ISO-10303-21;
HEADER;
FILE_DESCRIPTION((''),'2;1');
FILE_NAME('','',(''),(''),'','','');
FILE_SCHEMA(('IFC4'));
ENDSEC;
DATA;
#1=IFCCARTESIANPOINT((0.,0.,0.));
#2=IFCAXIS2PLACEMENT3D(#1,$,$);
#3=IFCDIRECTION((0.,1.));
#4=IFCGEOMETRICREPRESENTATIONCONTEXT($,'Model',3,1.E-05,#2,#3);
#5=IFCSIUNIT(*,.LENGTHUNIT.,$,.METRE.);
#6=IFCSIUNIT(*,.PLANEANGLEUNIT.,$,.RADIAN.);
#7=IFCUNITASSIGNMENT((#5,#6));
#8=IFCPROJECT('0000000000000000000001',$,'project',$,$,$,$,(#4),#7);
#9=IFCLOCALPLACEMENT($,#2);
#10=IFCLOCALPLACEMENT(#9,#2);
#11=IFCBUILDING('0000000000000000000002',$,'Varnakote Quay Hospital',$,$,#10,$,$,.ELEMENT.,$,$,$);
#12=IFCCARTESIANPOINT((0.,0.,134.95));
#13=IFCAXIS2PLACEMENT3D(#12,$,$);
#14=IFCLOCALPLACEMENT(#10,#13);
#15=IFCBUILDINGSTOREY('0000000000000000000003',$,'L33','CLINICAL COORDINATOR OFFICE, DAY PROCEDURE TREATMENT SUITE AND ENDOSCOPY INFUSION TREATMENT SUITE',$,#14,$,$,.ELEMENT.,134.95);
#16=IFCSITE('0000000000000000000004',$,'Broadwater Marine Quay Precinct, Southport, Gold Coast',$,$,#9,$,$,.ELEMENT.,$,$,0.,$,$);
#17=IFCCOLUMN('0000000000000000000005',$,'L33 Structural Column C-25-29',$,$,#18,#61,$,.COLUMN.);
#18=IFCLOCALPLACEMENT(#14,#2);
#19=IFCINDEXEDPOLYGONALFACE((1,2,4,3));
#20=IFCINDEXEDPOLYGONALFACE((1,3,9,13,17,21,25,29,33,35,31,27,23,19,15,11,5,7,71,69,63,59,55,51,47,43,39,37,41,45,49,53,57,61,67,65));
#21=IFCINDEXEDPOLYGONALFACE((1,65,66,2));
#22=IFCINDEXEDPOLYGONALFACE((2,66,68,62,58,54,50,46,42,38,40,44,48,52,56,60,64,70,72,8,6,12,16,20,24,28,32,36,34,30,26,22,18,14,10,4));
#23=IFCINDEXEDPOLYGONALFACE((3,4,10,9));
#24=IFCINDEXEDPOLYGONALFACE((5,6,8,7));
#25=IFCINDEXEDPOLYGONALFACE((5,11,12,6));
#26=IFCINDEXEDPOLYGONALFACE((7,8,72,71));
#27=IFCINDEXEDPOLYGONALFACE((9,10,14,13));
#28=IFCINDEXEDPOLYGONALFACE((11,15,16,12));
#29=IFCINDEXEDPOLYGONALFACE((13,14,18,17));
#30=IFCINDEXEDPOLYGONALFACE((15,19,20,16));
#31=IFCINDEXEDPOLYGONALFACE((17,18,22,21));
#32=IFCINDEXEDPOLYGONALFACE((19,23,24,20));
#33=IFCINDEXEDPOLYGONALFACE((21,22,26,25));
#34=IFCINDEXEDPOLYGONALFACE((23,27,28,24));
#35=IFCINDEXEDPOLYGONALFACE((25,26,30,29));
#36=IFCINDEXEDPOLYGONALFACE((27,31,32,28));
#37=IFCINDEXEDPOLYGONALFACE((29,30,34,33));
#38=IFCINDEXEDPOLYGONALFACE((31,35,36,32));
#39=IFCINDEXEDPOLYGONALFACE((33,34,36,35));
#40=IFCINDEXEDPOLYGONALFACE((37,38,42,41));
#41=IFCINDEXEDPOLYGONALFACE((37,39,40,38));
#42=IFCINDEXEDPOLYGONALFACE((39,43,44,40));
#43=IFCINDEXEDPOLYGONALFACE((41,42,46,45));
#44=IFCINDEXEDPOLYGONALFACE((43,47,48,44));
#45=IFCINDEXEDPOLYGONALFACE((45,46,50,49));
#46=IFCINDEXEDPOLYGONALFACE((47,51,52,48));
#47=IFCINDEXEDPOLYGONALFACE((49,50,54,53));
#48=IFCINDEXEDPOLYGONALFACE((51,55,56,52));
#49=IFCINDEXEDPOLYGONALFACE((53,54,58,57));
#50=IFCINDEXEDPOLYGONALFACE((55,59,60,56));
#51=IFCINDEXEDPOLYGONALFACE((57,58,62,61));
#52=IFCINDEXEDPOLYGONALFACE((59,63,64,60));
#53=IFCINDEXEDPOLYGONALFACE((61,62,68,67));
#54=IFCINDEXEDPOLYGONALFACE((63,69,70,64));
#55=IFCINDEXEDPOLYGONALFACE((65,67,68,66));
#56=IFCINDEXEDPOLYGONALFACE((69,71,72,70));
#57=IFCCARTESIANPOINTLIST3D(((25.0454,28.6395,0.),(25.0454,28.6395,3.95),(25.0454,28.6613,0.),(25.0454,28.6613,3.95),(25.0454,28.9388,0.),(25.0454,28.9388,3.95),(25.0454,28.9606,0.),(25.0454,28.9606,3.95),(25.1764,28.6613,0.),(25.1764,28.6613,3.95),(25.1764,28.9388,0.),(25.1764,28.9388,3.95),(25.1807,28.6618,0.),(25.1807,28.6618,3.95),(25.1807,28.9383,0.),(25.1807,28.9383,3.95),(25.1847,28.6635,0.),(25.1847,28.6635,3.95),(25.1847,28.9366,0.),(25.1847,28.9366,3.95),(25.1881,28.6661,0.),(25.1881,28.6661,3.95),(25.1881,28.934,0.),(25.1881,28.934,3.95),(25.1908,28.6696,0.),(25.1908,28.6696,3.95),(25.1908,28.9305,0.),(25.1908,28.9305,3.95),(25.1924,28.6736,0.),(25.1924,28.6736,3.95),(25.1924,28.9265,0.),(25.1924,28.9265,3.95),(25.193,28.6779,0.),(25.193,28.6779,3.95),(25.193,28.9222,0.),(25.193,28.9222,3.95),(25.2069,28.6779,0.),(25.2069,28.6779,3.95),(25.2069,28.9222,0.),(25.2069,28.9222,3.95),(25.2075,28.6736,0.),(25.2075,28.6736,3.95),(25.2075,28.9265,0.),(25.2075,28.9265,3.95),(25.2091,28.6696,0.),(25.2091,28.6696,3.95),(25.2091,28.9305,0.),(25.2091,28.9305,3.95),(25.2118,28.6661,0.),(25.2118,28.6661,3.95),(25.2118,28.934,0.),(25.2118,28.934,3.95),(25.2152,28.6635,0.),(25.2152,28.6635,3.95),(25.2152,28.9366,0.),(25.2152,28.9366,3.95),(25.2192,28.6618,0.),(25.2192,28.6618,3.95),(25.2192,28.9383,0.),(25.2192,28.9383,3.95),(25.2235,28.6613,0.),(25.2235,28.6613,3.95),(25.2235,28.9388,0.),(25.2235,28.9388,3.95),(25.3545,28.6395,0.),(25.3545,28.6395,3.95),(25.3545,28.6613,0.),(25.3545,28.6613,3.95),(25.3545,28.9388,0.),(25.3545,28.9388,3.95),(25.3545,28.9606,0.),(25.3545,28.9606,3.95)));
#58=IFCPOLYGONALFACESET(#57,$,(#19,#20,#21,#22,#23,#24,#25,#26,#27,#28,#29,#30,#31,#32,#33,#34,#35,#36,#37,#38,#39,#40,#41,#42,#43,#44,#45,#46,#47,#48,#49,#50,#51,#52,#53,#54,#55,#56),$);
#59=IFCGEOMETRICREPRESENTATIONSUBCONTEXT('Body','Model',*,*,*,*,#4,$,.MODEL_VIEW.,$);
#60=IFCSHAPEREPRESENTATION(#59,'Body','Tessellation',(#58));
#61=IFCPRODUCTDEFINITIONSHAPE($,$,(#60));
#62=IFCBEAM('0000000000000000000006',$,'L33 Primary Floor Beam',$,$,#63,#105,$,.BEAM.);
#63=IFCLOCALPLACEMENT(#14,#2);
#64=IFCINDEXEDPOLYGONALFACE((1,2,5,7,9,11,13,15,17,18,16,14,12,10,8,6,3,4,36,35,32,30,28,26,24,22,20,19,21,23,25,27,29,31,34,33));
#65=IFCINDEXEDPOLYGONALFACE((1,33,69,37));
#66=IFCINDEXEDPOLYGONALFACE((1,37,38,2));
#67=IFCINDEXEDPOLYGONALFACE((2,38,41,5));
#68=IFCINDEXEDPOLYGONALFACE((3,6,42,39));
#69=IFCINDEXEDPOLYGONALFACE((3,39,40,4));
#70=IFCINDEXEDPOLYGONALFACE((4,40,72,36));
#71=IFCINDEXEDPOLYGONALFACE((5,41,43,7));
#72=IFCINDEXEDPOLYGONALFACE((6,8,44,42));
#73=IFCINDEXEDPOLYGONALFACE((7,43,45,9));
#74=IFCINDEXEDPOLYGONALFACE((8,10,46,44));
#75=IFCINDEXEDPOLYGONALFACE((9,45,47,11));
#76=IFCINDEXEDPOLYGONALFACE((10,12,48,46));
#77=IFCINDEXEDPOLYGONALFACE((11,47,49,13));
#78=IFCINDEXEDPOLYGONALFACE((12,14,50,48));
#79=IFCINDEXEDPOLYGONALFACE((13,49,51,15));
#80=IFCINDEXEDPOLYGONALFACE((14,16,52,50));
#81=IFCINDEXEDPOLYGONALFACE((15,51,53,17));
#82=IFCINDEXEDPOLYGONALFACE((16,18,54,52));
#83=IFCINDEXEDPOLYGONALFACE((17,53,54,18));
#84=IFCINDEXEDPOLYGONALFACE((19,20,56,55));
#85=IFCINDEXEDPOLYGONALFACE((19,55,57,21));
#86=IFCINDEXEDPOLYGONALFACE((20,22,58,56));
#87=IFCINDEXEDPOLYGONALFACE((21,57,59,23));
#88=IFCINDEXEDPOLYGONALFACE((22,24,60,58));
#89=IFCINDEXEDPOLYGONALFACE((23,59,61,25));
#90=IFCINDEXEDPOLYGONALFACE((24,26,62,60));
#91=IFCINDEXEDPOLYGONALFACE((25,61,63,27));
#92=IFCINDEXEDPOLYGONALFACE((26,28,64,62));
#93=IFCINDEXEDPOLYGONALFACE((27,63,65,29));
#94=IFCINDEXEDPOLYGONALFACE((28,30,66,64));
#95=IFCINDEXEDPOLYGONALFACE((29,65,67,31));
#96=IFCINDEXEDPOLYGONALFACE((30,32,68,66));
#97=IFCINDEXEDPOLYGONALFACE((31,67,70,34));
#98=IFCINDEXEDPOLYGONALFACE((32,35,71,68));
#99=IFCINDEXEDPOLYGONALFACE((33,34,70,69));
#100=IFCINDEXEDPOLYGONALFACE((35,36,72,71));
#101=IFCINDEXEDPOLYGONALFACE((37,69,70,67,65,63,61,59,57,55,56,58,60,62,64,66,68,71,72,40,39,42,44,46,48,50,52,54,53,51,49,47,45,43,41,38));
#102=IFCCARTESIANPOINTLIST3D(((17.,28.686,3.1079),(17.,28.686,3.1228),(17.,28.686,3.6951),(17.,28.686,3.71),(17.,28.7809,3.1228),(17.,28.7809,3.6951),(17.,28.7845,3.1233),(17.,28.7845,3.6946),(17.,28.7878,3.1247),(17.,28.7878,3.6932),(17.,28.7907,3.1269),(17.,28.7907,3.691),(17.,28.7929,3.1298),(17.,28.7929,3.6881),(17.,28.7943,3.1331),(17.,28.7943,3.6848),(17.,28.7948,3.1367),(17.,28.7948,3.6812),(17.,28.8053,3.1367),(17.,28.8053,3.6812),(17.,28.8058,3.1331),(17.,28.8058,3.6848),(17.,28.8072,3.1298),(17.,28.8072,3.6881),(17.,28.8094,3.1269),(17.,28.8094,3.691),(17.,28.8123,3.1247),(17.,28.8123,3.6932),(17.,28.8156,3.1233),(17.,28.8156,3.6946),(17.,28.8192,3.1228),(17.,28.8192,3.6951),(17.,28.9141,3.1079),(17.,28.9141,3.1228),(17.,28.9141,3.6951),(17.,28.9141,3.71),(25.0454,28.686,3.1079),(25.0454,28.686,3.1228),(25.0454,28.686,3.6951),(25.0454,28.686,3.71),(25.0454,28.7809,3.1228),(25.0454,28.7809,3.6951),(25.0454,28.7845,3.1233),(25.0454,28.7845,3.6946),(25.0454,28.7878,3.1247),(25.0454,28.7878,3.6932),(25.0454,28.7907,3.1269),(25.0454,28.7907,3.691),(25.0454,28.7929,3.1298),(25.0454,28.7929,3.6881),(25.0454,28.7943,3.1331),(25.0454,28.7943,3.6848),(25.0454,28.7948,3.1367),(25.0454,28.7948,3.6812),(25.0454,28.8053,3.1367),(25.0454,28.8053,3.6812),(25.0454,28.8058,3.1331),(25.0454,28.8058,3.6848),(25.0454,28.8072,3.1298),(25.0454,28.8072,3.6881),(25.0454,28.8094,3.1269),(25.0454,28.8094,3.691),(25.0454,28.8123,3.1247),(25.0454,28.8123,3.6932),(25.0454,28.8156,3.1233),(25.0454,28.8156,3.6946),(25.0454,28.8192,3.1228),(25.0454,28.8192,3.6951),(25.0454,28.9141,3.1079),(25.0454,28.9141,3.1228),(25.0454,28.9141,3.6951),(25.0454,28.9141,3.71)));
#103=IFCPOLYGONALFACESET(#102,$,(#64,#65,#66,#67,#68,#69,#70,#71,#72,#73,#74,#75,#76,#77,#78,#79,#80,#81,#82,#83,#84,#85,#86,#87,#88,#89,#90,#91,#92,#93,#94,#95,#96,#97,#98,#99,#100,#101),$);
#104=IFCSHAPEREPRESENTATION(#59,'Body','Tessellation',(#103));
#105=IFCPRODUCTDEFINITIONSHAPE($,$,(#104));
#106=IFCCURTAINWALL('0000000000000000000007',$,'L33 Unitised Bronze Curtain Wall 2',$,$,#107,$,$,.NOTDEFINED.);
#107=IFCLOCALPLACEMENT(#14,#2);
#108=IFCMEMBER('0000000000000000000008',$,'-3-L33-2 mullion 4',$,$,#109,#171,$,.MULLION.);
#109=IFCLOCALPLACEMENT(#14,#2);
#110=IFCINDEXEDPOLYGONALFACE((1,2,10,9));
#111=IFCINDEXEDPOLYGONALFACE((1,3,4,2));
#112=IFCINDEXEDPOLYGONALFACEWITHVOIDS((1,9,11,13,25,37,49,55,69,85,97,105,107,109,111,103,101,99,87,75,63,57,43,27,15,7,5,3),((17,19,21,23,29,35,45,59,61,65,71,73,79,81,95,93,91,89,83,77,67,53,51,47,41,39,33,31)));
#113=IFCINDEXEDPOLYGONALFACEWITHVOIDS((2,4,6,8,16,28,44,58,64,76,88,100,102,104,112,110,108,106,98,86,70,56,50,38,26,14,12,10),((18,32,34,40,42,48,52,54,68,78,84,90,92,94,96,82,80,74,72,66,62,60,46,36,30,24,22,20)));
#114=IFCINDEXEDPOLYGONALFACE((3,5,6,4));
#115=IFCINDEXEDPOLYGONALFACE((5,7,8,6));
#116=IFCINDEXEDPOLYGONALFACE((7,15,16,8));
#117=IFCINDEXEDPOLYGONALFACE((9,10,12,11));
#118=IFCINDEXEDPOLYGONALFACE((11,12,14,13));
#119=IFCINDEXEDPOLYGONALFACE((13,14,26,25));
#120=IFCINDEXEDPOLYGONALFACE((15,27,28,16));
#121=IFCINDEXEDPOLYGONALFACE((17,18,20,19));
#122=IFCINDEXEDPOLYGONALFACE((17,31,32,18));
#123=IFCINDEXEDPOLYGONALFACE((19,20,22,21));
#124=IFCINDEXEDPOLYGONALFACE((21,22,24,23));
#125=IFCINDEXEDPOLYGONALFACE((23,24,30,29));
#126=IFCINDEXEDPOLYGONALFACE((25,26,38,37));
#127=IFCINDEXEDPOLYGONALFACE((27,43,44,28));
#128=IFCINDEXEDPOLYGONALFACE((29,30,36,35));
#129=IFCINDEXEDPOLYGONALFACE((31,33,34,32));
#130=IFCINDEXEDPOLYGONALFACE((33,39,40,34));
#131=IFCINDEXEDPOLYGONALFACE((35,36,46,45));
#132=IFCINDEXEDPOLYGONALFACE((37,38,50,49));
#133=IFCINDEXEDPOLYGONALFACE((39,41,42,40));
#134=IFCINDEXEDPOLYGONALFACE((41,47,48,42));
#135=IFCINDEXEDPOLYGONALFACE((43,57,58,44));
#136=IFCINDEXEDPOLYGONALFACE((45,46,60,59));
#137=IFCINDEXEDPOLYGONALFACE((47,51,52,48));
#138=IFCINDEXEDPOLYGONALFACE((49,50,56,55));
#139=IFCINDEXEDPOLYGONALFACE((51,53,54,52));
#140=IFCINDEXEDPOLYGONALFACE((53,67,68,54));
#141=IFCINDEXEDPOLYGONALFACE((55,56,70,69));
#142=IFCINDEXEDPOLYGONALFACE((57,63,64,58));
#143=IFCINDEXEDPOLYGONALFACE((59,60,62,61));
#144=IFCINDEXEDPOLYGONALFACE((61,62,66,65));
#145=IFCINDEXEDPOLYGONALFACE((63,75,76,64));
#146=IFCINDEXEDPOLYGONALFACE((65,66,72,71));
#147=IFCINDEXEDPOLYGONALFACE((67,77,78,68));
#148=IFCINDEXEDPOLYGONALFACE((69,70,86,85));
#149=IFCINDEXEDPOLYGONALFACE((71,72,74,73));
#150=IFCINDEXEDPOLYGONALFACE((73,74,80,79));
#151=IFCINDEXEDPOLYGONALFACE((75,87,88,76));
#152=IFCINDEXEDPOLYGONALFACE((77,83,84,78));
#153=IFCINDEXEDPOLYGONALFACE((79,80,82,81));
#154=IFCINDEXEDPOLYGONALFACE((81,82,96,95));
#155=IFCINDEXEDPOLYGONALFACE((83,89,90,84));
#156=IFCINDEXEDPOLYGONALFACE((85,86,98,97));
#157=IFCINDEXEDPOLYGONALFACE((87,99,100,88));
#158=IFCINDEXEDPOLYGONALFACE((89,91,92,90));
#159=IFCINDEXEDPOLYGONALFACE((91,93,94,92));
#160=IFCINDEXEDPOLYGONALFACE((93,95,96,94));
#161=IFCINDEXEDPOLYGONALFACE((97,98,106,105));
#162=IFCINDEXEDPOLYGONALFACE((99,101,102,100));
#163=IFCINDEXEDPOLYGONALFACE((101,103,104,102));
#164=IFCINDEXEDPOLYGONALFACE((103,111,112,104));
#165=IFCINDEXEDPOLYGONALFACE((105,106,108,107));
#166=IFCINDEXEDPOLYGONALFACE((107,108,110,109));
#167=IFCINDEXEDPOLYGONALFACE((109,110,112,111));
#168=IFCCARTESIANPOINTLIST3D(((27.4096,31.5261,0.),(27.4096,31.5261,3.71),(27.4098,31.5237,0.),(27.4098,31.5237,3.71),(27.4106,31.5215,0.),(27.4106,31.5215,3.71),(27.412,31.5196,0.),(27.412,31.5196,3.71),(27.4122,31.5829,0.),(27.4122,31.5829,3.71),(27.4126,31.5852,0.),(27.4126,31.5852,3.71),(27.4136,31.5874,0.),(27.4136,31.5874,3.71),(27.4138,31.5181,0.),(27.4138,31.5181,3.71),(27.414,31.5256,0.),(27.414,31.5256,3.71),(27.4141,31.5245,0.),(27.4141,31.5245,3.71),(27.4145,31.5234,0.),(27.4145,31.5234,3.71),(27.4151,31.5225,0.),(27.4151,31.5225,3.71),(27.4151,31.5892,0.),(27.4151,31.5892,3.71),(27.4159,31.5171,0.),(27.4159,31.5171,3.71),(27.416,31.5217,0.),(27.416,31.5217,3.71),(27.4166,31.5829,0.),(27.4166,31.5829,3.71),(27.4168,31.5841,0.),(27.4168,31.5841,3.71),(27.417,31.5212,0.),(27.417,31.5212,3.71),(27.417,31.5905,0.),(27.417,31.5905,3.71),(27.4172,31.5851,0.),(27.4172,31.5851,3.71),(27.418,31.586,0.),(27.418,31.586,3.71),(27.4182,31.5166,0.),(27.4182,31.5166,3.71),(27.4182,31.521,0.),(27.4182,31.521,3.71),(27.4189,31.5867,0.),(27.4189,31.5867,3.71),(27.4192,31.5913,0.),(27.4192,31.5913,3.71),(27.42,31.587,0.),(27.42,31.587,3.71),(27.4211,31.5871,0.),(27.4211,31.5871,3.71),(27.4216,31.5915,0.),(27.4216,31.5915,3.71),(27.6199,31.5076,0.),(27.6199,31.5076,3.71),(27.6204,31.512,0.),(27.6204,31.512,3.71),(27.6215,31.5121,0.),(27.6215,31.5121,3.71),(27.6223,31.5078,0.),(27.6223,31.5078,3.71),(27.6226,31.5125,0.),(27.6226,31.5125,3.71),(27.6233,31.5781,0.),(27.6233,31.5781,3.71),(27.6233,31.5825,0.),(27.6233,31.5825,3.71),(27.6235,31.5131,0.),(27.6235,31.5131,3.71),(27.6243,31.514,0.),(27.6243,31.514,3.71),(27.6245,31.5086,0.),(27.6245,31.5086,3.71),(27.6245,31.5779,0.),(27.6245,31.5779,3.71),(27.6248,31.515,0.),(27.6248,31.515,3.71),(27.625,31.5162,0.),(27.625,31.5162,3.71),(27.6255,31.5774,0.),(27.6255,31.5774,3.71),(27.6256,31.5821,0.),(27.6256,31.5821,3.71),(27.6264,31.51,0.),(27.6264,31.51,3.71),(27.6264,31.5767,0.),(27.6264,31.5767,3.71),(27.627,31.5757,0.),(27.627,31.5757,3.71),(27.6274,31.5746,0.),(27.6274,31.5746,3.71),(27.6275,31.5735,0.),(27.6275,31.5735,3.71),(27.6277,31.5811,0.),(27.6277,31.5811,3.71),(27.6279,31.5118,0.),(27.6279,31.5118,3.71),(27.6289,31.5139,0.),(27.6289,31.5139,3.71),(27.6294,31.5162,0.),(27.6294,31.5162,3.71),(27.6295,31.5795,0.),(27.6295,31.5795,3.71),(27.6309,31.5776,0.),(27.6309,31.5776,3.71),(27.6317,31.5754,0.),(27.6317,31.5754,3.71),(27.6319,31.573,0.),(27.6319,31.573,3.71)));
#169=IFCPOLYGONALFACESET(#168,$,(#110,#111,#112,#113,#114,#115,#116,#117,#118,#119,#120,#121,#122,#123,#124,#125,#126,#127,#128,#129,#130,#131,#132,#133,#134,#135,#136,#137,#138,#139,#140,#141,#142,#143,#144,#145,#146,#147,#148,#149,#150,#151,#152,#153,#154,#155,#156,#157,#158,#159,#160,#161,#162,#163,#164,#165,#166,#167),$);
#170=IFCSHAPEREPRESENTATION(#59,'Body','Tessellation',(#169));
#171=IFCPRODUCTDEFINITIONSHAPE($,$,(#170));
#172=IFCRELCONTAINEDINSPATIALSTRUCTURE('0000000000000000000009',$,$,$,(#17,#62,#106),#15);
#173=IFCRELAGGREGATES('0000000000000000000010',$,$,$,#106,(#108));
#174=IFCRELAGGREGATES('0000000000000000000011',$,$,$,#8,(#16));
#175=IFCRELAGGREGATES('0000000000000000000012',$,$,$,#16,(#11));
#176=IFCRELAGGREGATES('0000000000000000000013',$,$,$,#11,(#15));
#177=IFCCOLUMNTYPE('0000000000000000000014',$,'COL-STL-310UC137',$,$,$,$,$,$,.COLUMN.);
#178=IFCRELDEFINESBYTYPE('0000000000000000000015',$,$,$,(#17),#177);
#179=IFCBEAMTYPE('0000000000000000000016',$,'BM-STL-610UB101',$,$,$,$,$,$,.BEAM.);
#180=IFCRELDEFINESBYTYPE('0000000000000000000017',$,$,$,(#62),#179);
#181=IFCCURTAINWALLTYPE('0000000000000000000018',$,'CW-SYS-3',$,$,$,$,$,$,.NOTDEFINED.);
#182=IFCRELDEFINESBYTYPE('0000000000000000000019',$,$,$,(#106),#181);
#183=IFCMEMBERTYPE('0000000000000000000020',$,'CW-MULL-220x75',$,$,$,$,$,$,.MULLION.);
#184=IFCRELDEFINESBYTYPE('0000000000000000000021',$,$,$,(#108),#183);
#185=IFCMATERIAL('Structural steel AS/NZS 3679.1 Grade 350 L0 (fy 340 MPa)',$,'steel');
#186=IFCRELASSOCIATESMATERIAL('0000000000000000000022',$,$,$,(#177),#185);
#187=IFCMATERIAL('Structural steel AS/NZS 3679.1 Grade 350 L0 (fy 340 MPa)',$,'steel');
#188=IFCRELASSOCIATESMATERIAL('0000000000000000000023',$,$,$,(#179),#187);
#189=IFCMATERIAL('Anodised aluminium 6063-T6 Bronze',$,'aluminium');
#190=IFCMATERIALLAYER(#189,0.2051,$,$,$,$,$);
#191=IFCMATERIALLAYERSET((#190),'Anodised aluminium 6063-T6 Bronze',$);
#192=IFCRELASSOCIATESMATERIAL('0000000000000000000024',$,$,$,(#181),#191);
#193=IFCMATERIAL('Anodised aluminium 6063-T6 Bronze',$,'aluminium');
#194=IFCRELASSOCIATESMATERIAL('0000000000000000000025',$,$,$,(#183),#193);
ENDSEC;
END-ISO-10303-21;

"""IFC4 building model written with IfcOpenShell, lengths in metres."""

from ifc_helpers import new_model, si_unit, direction, frame, origin, origin_2d, place, context, subcontext, project, spatial, hollow_rectangle, i_section, extrude, material, layer, layer_set, material_profile, profile_set, type_object, element, aggregate, save


model = new_model("IFC4")

# Units and contexts
model_context = context("Model", 3, precision=1e-05, world=origin(), true_north=direction((0.0, 1.0)))
body_context = subcontext(model_context, "Body", "Model", "MODEL_VIEW")
ifc_project = project(units=[si_unit("LENGTHUNIT", "METRE"), si_unit("PLANEANGLEUNIT", "RADIAN")], contexts=[model_context])

# Site, building, storey
site_placement = place(None, origin())
site = spatial("IfcSite", under=ifc_project, at=site_placement, Name="Broadwater Marine Quay Precinct, Southport, Gold Coast", CompositionType="ELEMENT", RefElevation=0.0)
building_placement = place(site_placement, origin())
building = spatial("IfcBuilding", under=site, at=building_placement, Name="Varnakote Quay Hospital", CompositionType="ELEMENT")
storey_placement = place(building_placement, frame((0.0, 0.0, 134.95)))
storey = spatial("IfcBuildingStorey", under=building, at=storey_placement, Name="L33", Description="CLINICAL COORDINATOR OFFICE, DAY PROCEDURE TREATMENT SUITE AND ENDOSCOPY INFUSION TREATMENT SUITE", CompositionType="ELEMENT", Elevation=134.95)

# Column
ifc_material_1 = material(Name="Structural steel AS/NZS 3679.1 Grade 350 L0 (fy 340 MPa)", Category="steel")
ifc_material_profile_1 = material_profile(ifc_material_1, i_section(OverallWidth=0.3091, OverallDepth=0.321, WebThickness=0.0139, FlangeThickness=0.0217, FilletRadius=0.0166, at=origin_2d()), Name="310UC137")
ifc_profile_set_1 = profile_set([ifc_material_profile_1], Name="Structural steel AS/NZS 3679.1 Grade 350 L0 (fy 340 MPa)")
column_type = type_object("IfcColumnType", Name="COL-STL-310UC137", PredefinedType="COLUMN", material=ifc_profile_set_1)
column_placement = place(storey_placement, frame((25.2, 28.8, 0.0), z_axis=(0.0, 0.0, 1.0), x_axis=(1.0, 0.0, 0.0)))
element("IfcColumn", 1, at=column_placement, inside=storey, type_object=column_type, Name="L33 Structural Column C-25-29", PredefinedType="COLUMN", context=body_context, shape_type="SweptSolid", body=[
    extrude(i_section(OverallWidth=0.3091, OverallDepth=0.321, WebThickness=0.0139, FlangeThickness=0.0217, FilletRadius=0.0166, at=origin_2d()), origin(), (0.0, 0.0, 1.0), 3.95),
])

# Beam
ifc_material_2 = material(Name="Structural steel AS/NZS 3679.1 Grade 350 L0 (fy 340 MPa)", Category="steel")
ifc_material_profile_2 = material_profile(ifc_material_2, i_section(OverallWidth=0.228, OverallDepth=0.6021, WebThickness=0.0105, FlangeThickness=0.0149, FilletRadius=0.0139, at=origin_2d()), Name="610UB101")
ifc_profile_set_2 = profile_set([ifc_material_profile_2], Name="Structural steel AS/NZS 3679.1 Grade 350 L0 (fy 340 MPa)")
beam_type_1 = type_object("IfcBeamType", Name="BM-STL-610UB101", PredefinedType="BEAM", material=ifc_profile_set_2)
beam_1_placement = place(storey_placement, frame((17.0, 28.8, 3.4089), z_axis=(1.0, 0.0, 0.0), x_axis=(0.0, 1.0, 0.0)))
element("IfcBeam", 2, at=beam_1_placement, inside=storey, type_object=beam_type_1, Name="L33 Primary Floor Beam", PredefinedType="BEAM", context=body_context, shape_type="SweptSolid", body=[
    extrude(i_section(OverallWidth=0.228, OverallDepth=0.6021, WebThickness=0.0105, FlangeThickness=0.0149, FilletRadius=0.0139, at=origin_2d()), origin(), (0.0, 0.0, 1.0), 8.0454),
])

# Curtain wall, member
ifc_material_3 = material(Name="Anodised aluminium 6063-T6 Bronze", Category="aluminium")
ifc_layer_1 = layer(ifc_material_3, 0.2051)
ifc_layer_set_1 = layer_set([ifc_layer_1], Name="Anodised aluminium 6063-T6 Bronze")
curtain_wall_type = type_object("IfcCurtainWallType", Name="CW-SYS-3", PredefinedType="NOTDEFINED", material=ifc_layer_set_1)
curtain_wall_placement = place(storey_placement, origin())
curtain_wall = element("IfcCurtainWall", 3, at=curtain_wall_placement, inside=storey, type_object=curtain_wall_type, Name="L33 Unitised Bronze Curtain Wall 2", PredefinedType="NOTDEFINED")
ifc_material_4 = material(Name="Anodised aluminium 6063-T6 Bronze", Category="aluminium")
ifc_material_profile_3 = material_profile(ifc_material_4, hollow_rectangle(XDim=0.075, YDim=0.22, WallThickness=0.0044, InnerFilletRadius=0.0044, OuterFilletRadius=0.009, at=origin_2d()), Name="CW-MULL-220x75")
ifc_profile_set_3 = profile_set([ifc_material_profile_3], Name="Anodised aluminium 6063-T6 Bronze")
member_type_1 = type_object("IfcMemberType", Name="CW-MULL-220x75", PredefinedType="MULLION", material=ifc_profile_set_3)
member_1_placement = place(storey_placement, frame((27.5208, 31.5496, 0.0), z_axis=(0.0, 0.0, 1.0), x_axis=(-0.044782, -0.998997, 0.0)))
member_1 = element("IfcMember", 4, at=member_1_placement, type_object=member_type_1, Name="-3-L33-2 mullion 4", PredefinedType="MULLION", context=body_context, shape_type="SweptSolid", body=[
    extrude(hollow_rectangle(XDim=0.075, YDim=0.22, WallThickness=0.0044, InnerFilletRadius=0.0044, OuterFilletRadius=0.009, at=origin_2d()), origin(), (0.0, 0.0, 1.0), 3.71),
])

aggregate(curtain_wall, [member_1])

save(model, "model.ifc")
